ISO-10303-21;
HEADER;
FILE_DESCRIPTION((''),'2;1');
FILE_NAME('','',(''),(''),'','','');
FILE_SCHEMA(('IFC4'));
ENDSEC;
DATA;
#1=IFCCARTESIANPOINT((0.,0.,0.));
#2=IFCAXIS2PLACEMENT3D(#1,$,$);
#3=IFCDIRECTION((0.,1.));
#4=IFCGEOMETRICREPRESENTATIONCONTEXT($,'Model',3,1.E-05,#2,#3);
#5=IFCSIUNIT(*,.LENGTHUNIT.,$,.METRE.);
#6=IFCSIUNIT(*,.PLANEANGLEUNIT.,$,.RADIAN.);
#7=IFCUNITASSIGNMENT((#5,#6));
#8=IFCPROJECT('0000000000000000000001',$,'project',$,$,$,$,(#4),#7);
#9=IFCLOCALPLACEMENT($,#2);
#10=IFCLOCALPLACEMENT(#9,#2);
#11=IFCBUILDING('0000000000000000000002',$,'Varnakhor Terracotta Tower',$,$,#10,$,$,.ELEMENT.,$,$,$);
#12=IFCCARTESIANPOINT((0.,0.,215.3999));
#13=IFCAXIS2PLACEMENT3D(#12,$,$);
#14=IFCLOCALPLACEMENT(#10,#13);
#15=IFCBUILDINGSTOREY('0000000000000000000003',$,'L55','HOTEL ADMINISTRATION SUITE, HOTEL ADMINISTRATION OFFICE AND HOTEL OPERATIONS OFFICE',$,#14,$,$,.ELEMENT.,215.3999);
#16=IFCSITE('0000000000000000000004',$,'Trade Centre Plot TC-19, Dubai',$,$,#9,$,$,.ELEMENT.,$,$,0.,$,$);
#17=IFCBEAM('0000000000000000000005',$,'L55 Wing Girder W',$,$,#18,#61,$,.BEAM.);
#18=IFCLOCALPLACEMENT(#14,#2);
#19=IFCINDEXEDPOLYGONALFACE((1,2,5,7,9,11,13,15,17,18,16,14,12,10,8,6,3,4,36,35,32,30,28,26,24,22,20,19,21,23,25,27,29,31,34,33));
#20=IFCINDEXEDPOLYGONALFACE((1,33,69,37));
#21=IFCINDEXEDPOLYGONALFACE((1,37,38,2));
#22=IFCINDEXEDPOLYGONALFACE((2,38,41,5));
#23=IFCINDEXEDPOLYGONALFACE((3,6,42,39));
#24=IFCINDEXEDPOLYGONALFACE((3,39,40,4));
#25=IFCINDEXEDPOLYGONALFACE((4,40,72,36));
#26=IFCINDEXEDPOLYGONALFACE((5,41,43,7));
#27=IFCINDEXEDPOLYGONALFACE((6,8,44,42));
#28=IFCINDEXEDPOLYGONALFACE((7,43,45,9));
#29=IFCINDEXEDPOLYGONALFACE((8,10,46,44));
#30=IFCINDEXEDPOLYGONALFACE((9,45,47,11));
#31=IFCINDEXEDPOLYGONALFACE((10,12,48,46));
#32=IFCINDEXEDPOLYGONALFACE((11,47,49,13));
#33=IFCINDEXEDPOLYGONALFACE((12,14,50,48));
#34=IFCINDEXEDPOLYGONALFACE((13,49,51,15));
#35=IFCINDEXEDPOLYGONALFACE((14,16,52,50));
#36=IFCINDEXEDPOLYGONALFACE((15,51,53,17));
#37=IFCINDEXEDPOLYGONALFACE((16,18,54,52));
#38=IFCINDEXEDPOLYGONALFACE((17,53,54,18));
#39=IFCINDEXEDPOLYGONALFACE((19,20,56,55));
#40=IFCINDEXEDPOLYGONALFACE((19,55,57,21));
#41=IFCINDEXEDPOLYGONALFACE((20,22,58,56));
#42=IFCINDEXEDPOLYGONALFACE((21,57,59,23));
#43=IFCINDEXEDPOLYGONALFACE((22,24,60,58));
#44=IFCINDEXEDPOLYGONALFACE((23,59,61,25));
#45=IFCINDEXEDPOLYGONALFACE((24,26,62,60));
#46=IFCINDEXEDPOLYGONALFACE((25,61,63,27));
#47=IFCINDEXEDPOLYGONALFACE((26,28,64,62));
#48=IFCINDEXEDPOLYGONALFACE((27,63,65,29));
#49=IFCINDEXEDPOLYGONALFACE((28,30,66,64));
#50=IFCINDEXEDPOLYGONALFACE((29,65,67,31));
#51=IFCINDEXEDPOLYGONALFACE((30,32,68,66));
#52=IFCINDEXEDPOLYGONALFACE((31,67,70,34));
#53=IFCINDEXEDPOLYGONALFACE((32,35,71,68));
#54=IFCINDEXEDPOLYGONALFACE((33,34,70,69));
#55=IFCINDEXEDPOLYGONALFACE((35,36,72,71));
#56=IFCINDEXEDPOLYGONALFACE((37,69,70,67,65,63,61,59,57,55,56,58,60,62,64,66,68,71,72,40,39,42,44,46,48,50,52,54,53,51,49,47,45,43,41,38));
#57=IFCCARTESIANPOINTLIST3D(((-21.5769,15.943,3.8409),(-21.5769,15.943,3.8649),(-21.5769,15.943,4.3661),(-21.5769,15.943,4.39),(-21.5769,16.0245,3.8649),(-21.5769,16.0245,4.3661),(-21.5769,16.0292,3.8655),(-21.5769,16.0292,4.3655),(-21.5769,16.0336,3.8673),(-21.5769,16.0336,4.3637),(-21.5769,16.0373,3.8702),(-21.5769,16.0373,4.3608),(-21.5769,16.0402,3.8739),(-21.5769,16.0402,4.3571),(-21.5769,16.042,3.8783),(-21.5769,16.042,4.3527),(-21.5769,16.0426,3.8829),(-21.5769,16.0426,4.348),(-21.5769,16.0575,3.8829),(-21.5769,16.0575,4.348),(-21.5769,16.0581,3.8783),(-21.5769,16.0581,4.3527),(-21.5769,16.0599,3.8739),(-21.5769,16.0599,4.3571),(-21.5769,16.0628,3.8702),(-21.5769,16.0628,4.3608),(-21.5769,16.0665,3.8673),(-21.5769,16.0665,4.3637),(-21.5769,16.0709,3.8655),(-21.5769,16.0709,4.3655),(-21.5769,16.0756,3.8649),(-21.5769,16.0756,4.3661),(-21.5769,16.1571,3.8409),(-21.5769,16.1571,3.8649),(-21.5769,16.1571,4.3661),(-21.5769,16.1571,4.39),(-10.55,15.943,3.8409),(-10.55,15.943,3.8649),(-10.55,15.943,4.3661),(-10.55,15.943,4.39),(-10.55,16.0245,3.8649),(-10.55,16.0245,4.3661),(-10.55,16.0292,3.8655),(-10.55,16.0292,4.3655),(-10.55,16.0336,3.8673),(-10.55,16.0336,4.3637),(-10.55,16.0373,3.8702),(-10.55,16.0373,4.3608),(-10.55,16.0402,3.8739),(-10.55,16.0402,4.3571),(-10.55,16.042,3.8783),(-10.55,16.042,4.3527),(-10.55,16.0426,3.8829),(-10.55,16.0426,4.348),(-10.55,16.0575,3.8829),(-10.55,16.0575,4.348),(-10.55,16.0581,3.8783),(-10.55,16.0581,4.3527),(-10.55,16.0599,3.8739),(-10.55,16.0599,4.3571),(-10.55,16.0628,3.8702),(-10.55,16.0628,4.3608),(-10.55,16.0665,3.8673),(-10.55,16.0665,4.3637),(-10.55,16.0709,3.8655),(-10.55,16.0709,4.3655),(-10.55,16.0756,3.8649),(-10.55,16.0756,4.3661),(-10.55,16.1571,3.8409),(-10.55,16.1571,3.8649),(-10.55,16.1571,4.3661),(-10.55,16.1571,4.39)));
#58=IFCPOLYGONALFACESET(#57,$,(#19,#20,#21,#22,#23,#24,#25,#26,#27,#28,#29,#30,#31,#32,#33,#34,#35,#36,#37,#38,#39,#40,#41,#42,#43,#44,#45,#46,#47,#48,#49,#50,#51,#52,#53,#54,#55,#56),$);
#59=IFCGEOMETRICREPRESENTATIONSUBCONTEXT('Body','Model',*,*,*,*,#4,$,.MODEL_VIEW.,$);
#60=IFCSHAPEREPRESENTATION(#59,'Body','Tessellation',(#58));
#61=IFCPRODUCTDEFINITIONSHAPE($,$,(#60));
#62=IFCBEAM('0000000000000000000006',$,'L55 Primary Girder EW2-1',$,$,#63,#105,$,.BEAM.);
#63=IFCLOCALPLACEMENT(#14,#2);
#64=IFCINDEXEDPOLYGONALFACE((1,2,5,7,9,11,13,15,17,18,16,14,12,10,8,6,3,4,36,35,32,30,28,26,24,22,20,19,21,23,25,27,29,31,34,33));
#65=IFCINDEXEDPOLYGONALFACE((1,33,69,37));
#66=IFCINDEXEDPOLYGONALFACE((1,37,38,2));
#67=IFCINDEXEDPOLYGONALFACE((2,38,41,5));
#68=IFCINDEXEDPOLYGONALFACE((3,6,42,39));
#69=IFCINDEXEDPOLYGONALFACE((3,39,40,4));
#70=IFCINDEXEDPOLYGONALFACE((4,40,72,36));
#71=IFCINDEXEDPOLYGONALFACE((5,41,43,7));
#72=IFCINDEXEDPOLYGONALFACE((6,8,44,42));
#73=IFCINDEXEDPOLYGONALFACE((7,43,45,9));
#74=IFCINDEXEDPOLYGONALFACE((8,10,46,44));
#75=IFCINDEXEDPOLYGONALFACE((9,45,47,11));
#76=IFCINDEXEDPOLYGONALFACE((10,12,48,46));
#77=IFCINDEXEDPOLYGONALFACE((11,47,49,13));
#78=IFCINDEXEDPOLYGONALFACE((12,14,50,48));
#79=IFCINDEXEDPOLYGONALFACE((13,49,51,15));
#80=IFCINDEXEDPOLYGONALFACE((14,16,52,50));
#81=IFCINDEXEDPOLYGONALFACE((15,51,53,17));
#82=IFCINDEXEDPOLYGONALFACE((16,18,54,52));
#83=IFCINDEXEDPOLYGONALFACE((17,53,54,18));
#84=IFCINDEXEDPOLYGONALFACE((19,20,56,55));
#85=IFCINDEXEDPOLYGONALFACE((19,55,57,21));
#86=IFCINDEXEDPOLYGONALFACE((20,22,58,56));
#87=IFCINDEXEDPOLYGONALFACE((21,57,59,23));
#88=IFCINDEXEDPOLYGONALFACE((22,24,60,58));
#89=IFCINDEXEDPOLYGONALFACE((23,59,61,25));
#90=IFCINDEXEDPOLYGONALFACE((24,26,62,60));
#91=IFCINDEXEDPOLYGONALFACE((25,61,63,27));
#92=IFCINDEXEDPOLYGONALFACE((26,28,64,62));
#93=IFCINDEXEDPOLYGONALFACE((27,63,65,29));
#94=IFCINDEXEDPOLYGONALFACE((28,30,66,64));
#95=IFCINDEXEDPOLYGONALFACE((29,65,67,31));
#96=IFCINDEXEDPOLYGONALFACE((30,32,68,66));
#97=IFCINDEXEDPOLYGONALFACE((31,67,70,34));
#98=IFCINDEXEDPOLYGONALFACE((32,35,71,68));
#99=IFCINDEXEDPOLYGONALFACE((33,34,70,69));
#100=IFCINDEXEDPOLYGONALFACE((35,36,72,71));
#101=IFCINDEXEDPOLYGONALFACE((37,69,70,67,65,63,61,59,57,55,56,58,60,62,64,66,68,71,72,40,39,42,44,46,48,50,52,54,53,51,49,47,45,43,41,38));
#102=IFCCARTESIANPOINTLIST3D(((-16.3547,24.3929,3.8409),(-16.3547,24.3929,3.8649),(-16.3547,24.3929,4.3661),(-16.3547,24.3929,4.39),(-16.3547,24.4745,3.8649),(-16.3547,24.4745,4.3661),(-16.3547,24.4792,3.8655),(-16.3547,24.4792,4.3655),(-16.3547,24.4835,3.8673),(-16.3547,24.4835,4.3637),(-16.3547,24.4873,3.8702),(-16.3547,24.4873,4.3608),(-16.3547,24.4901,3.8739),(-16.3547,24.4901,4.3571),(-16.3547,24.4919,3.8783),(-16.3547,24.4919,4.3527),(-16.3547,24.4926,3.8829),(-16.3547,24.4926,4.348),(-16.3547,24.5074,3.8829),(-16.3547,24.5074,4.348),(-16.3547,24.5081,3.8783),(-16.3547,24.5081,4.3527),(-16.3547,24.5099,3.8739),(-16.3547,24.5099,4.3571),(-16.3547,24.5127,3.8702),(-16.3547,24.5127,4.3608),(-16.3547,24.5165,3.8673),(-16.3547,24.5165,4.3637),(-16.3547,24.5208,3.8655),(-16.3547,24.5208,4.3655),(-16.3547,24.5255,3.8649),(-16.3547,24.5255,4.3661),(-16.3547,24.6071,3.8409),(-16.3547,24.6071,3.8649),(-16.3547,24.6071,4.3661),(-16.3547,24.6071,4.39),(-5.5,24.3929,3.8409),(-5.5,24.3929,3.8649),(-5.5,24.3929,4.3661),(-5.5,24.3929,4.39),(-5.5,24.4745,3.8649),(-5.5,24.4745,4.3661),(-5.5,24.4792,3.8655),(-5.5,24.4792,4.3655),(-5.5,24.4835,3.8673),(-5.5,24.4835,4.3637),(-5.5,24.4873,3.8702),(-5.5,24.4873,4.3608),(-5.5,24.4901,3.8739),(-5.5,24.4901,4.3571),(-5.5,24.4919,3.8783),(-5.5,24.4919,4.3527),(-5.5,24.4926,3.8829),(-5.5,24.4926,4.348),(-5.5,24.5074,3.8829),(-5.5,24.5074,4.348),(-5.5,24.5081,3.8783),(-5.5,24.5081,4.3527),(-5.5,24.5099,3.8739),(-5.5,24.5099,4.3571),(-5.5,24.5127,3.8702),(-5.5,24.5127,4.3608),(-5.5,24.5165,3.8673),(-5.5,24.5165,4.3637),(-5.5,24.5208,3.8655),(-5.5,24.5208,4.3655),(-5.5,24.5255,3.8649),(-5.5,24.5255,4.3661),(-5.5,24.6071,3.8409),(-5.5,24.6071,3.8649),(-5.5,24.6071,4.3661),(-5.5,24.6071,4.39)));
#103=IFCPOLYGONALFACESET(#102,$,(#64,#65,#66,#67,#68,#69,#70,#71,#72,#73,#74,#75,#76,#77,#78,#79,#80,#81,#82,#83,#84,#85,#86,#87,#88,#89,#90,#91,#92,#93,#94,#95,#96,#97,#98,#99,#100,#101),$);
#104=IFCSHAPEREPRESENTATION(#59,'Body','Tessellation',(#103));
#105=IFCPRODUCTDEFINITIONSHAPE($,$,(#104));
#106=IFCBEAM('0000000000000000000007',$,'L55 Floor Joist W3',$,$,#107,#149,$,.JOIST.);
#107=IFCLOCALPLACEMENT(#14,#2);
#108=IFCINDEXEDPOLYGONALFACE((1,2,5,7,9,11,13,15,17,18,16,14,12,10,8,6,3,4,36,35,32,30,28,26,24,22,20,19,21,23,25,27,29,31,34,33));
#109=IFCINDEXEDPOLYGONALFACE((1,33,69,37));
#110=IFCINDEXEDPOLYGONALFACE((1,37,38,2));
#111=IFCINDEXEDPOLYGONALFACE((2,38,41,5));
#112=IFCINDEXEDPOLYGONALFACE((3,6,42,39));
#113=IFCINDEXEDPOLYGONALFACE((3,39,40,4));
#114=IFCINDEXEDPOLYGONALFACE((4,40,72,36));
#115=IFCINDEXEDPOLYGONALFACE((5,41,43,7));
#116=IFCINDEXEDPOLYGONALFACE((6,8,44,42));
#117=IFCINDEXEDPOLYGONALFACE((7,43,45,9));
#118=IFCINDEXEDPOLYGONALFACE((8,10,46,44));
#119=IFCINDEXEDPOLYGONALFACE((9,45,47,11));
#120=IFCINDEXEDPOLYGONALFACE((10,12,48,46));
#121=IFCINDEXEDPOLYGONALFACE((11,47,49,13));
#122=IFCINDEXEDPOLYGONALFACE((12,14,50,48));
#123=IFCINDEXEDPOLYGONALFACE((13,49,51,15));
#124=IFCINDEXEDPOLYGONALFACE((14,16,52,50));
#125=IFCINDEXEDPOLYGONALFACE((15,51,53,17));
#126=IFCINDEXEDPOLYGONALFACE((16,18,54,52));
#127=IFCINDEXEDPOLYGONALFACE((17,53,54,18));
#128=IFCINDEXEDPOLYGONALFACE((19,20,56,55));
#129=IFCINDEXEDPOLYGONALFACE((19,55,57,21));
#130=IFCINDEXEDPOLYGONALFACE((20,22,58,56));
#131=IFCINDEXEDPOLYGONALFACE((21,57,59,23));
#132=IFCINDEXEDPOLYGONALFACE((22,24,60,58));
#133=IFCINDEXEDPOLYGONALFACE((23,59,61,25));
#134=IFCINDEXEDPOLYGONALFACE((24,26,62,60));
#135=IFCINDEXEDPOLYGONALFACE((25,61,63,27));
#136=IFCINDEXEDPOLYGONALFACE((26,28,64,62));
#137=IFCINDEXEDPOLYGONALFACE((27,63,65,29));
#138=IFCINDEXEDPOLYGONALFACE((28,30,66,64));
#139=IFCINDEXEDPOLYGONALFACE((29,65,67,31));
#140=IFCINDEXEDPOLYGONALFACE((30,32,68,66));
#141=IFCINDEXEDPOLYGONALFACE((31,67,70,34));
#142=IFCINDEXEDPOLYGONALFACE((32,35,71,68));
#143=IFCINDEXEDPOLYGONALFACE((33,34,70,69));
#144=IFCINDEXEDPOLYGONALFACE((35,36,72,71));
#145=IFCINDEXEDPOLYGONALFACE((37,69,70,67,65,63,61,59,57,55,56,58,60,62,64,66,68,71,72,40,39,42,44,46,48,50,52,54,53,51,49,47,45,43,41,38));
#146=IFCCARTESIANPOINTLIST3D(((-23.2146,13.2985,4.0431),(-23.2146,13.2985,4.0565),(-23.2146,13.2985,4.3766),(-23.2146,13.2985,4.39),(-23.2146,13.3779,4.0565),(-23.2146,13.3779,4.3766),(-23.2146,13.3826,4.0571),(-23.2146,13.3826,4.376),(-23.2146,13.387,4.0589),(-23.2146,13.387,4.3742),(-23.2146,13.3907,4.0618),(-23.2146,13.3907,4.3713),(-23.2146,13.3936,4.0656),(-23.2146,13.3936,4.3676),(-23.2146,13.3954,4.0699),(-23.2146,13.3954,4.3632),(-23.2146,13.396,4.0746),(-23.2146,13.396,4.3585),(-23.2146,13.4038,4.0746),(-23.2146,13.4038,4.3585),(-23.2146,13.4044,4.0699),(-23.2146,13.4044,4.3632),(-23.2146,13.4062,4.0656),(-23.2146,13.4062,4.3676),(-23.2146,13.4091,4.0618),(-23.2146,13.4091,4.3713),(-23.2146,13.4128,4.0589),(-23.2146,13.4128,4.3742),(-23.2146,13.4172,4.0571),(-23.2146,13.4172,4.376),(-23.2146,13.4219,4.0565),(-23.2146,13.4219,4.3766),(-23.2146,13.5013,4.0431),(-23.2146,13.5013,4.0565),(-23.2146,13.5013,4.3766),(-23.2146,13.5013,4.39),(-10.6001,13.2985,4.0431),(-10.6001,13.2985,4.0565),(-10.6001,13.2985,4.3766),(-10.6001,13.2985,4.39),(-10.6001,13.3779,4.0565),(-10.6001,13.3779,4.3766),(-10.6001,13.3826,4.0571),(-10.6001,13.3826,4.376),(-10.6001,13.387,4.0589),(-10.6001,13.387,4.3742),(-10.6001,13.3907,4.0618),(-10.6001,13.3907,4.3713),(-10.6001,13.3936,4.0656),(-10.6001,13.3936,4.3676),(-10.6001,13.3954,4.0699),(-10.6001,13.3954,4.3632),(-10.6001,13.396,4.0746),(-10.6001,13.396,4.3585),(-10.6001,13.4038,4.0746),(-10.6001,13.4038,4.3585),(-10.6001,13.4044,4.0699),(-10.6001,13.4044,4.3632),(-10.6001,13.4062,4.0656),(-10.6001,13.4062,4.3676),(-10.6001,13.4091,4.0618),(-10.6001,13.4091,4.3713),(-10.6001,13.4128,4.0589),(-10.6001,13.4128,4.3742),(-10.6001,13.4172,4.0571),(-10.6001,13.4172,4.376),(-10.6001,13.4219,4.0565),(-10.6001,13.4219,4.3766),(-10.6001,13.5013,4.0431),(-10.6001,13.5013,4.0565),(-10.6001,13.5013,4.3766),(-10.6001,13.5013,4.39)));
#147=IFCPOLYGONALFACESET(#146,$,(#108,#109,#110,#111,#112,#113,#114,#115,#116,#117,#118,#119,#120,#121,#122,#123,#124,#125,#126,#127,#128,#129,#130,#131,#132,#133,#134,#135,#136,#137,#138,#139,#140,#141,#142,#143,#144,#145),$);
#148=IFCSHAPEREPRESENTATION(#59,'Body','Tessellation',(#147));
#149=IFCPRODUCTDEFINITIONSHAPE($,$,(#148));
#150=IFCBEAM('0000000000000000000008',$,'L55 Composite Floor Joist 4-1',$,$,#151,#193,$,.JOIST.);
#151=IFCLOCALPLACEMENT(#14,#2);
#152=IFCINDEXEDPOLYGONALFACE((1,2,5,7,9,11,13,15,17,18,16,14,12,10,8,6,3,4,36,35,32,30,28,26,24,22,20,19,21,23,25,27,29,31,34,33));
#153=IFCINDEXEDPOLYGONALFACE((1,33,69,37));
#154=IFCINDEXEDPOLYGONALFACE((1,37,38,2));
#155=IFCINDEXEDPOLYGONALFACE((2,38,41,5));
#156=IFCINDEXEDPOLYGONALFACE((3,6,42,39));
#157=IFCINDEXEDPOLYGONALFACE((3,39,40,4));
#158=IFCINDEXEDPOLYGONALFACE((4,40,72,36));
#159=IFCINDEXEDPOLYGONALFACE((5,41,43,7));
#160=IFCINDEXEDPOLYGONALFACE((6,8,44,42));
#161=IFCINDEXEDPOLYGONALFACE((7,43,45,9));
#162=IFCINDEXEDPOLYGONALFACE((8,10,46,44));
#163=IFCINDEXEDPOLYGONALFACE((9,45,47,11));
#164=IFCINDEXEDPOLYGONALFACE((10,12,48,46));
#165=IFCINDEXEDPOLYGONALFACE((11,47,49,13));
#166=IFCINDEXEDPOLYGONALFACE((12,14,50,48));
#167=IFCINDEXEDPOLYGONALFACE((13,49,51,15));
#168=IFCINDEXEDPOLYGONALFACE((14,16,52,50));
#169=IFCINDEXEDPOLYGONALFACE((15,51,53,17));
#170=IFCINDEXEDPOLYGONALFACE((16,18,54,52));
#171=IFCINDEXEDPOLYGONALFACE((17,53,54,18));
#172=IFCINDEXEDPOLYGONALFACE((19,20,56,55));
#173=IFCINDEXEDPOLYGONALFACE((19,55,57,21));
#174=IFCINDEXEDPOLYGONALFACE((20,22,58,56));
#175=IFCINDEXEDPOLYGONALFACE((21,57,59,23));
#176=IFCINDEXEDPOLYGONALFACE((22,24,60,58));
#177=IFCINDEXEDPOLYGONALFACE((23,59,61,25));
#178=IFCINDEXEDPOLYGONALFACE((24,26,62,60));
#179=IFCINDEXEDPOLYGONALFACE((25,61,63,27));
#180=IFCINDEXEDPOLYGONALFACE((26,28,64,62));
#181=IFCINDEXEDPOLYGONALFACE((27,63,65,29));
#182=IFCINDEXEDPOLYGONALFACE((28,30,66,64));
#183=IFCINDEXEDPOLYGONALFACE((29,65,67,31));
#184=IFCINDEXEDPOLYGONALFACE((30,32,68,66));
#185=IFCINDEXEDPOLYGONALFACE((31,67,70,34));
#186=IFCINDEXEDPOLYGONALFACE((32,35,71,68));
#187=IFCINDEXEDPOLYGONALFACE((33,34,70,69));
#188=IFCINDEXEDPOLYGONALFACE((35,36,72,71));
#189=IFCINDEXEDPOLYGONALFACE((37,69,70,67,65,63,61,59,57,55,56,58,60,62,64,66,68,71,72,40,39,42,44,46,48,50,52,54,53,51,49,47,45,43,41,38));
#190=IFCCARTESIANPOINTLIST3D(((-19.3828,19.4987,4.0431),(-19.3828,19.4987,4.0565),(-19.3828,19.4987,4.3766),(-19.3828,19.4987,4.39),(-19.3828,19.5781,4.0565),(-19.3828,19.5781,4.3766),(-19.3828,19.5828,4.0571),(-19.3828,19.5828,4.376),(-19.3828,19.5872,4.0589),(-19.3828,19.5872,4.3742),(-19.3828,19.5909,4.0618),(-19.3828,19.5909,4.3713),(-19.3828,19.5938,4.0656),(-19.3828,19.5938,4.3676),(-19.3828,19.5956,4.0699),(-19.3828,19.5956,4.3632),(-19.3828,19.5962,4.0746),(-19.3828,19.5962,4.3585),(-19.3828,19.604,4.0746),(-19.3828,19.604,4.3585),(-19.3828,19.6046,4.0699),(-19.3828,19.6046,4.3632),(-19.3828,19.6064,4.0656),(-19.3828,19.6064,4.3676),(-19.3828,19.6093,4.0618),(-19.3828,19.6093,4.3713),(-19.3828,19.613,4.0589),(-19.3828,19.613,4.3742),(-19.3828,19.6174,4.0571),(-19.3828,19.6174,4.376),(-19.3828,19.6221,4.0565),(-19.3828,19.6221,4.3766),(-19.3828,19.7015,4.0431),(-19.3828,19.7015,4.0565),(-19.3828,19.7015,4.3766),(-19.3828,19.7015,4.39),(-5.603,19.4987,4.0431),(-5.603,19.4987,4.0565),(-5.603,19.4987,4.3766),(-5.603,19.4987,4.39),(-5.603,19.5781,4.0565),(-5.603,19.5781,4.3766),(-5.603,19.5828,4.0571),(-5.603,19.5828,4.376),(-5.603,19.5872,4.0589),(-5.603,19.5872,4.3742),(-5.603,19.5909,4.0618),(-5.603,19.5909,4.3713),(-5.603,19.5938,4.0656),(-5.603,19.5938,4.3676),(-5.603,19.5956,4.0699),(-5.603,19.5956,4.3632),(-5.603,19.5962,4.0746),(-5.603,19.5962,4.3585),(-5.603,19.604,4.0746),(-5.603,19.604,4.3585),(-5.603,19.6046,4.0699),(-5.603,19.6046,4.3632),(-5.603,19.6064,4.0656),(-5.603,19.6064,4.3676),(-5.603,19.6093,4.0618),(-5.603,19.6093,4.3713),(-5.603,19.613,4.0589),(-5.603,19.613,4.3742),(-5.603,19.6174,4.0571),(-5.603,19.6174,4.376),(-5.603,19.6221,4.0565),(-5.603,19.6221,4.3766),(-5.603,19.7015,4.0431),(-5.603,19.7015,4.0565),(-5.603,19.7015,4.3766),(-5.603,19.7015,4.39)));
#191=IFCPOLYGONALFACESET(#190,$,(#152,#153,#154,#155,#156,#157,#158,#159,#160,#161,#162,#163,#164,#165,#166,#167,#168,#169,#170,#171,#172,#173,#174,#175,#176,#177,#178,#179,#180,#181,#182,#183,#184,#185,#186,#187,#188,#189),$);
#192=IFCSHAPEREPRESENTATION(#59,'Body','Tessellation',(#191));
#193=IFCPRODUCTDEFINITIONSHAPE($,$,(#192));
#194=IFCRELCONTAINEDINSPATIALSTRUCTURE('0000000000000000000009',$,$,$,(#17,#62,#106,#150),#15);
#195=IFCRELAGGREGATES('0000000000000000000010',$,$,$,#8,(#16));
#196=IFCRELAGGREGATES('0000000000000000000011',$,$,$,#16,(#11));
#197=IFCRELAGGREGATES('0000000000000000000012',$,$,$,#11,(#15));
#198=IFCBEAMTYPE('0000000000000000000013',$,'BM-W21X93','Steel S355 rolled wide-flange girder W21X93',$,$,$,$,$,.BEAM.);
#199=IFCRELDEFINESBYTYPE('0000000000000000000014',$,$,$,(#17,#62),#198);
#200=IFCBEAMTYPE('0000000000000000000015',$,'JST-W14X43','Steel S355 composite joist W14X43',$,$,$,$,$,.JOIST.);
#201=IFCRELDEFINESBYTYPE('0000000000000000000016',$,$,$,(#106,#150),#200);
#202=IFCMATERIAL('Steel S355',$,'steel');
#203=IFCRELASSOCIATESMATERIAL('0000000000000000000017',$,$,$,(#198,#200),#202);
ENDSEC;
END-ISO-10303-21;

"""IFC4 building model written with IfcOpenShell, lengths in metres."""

from ifc_helpers import new_model, si_unit, direction, frame, origin, origin_2d, place, context, subcontext, project, spatial, i_section, extrude, source, transform, mapped, material, material_profile, profile_set, type_object, element, save


model = new_model("IFC4")

# Units and contexts
model_context = context("Model", 3, precision=1e-05, world=origin(), true_north=direction((0.0, 1.0)))
body_context = subcontext(model_context, "Body", "Model", "MODEL_VIEW")
ifc_project = project(units=[si_unit("LENGTHUNIT", "METRE"), si_unit("PLANEANGLEUNIT", "RADIAN")], contexts=[model_context])

# Site, building, storey
site_placement = place(None, origin())
site = spatial("IfcSite", under=ifc_project, at=site_placement, Name="Trade Centre Plot TC-19, Dubai", CompositionType="ELEMENT", RefElevation=0.0)
building_placement = place(site_placement, origin())
building = spatial("IfcBuilding", under=site, at=building_placement, Name="Varnakhor Terracotta Tower", CompositionType="ELEMENT")
storey_placement = place(building_placement, frame((0.0, 0.0, 215.3999)))
storey = spatial("IfcBuildingStorey", under=building, at=storey_placement, Name="L55", Description="HOTEL ADMINISTRATION SUITE, HOTEL ADMINISTRATION OFFICE AND HOTEL OPERATIONS OFFICE", CompositionType="ELEMENT", Elevation=215.3999)

# Beams
ifc_material_1 = material(Name="Steel S355", Category="steel")
ifc_material_profile_1 = material_profile(ifc_material_1, i_section(OverallWidth=0.2141, OverallDepth=0.5491, WebThickness=0.0149, FlangeThickness=0.0239, FilletRadius=0.0181, at=origin_2d()), Name="W21X93")
ifc_profile_set_1 = profile_set([ifc_material_profile_1], Name="Steel S355")
beam_type_1 = type_object("IfcBeamType", Name="BM-W21X93", Description="Steel S355 rolled wide-flange girder W21X93", PredefinedType="BEAM", material=ifc_profile_set_1)
shared_shape_1 = source(origin(), body_context, "Body", "SweptSolid", [
    extrude(i_section(OverallWidth=0.2141, OverallDepth=0.5491, WebThickness=0.0149, FlangeThickness=0.0239, FilletRadius=0.0181, at=origin_2d()), origin(), (0.0, 0.0, 1.0), 11.0269),
])
beam_1_placement = place(storey_placement, frame((-21.5769, 16.05, 4.1155), z_axis=(1.0, 0.0, 0.0), x_axis=(0.0, 1.0, 0.0)))
element("IfcBeam", 1, at=beam_1_placement, inside=storey, type_object=beam_type_1, Name="L55 Wing Girder W", PredefinedType="BEAM", context=body_context, shape_type="MappedRepresentation", body=[
    mapped(shared_shape_1, transform((0.0, 0.0, 0.0), scale=1.0)),
])
shared_shape_2 = source(origin(), body_context, "Body", "SweptSolid", [
    extrude(i_section(OverallWidth=0.2141, OverallDepth=0.5491, WebThickness=0.0149, FlangeThickness=0.0239, FilletRadius=0.0181, at=origin_2d()), origin(), (0.0, 0.0, 1.0), 10.8547),
])
beam_2_placement = place(storey_placement, frame((-16.3547, 24.5, 4.1155), z_axis=(1.0, 0.0, 0.0), x_axis=(0.0, 1.0, 0.0)))
element("IfcBeam", 2, at=beam_2_placement, inside=storey, type_object=beam_type_1, Name="L55 Primary Girder EW2-1", PredefinedType="BEAM", context=body_context, shape_type="MappedRepresentation", body=[
    mapped(shared_shape_2, transform((0.0, 0.0, 0.0), scale=1.0)),
])
ifc_material_profile_2 = material_profile(ifc_material_1, i_section(OverallWidth=0.2029, OverallDepth=0.3469, WebThickness=0.0078, FlangeThickness=0.0134, FilletRadius=0.0181, at=origin_2d()), Name="W14X43")
ifc_profile_set_2 = profile_set([ifc_material_profile_2], Name="Steel S355")
beam_type_2 = type_object("IfcBeamType", Name="JST-W14X43", Description="Steel S355 composite joist W14X43", PredefinedType="JOIST", material=ifc_profile_set_2)
shared_shape_3 = source(origin(), body_context, "Body", "SweptSolid", [
    extrude(i_section(OverallWidth=0.2029, OverallDepth=0.3469, WebThickness=0.0078, FlangeThickness=0.0134, FilletRadius=0.0181, at=origin_2d()), origin(), (0.0, 0.0, 1.0), 12.6145),
])
beam_3_placement = place(storey_placement, frame((-23.2146, 13.3999, 4.2166), z_axis=(1.0, 0.0, 0.0), x_axis=(0.0, 1.0, 0.0)))
element("IfcBeam", 3, at=beam_3_placement, inside=storey, type_object=beam_type_2, Name="L55 Floor Joist W3", PredefinedType="JOIST", context=body_context, shape_type="MappedRepresentation", body=[
    mapped(shared_shape_3, transform((0.0, 0.0, 0.0), scale=1.0)),
])
shared_shape_4 = source(origin(), body_context, "Body", "SweptSolid", [
    extrude(i_section(OverallWidth=0.2029, OverallDepth=0.3469, WebThickness=0.0078, FlangeThickness=0.0134, FilletRadius=0.0181, at=origin_2d()), origin(), (0.0, 0.0, 1.0), 13.7798),
])
beam_4_placement = place(storey_placement, frame((-19.3828, 19.6001, 4.2166), z_axis=(1.0, 0.0, 0.0), x_axis=(0.0, 1.0, 0.0)))
element("IfcBeam", 4, at=beam_4_placement, inside=storey, type_object=beam_type_2, Name="L55 Composite Floor Joist 4-1", PredefinedType="JOIST", context=body_context, shape_type="MappedRepresentation", body=[
    mapped(shared_shape_4, transform((0.0, 0.0, 0.0), scale=1.0)),
])

save(model, "model.ifc")
